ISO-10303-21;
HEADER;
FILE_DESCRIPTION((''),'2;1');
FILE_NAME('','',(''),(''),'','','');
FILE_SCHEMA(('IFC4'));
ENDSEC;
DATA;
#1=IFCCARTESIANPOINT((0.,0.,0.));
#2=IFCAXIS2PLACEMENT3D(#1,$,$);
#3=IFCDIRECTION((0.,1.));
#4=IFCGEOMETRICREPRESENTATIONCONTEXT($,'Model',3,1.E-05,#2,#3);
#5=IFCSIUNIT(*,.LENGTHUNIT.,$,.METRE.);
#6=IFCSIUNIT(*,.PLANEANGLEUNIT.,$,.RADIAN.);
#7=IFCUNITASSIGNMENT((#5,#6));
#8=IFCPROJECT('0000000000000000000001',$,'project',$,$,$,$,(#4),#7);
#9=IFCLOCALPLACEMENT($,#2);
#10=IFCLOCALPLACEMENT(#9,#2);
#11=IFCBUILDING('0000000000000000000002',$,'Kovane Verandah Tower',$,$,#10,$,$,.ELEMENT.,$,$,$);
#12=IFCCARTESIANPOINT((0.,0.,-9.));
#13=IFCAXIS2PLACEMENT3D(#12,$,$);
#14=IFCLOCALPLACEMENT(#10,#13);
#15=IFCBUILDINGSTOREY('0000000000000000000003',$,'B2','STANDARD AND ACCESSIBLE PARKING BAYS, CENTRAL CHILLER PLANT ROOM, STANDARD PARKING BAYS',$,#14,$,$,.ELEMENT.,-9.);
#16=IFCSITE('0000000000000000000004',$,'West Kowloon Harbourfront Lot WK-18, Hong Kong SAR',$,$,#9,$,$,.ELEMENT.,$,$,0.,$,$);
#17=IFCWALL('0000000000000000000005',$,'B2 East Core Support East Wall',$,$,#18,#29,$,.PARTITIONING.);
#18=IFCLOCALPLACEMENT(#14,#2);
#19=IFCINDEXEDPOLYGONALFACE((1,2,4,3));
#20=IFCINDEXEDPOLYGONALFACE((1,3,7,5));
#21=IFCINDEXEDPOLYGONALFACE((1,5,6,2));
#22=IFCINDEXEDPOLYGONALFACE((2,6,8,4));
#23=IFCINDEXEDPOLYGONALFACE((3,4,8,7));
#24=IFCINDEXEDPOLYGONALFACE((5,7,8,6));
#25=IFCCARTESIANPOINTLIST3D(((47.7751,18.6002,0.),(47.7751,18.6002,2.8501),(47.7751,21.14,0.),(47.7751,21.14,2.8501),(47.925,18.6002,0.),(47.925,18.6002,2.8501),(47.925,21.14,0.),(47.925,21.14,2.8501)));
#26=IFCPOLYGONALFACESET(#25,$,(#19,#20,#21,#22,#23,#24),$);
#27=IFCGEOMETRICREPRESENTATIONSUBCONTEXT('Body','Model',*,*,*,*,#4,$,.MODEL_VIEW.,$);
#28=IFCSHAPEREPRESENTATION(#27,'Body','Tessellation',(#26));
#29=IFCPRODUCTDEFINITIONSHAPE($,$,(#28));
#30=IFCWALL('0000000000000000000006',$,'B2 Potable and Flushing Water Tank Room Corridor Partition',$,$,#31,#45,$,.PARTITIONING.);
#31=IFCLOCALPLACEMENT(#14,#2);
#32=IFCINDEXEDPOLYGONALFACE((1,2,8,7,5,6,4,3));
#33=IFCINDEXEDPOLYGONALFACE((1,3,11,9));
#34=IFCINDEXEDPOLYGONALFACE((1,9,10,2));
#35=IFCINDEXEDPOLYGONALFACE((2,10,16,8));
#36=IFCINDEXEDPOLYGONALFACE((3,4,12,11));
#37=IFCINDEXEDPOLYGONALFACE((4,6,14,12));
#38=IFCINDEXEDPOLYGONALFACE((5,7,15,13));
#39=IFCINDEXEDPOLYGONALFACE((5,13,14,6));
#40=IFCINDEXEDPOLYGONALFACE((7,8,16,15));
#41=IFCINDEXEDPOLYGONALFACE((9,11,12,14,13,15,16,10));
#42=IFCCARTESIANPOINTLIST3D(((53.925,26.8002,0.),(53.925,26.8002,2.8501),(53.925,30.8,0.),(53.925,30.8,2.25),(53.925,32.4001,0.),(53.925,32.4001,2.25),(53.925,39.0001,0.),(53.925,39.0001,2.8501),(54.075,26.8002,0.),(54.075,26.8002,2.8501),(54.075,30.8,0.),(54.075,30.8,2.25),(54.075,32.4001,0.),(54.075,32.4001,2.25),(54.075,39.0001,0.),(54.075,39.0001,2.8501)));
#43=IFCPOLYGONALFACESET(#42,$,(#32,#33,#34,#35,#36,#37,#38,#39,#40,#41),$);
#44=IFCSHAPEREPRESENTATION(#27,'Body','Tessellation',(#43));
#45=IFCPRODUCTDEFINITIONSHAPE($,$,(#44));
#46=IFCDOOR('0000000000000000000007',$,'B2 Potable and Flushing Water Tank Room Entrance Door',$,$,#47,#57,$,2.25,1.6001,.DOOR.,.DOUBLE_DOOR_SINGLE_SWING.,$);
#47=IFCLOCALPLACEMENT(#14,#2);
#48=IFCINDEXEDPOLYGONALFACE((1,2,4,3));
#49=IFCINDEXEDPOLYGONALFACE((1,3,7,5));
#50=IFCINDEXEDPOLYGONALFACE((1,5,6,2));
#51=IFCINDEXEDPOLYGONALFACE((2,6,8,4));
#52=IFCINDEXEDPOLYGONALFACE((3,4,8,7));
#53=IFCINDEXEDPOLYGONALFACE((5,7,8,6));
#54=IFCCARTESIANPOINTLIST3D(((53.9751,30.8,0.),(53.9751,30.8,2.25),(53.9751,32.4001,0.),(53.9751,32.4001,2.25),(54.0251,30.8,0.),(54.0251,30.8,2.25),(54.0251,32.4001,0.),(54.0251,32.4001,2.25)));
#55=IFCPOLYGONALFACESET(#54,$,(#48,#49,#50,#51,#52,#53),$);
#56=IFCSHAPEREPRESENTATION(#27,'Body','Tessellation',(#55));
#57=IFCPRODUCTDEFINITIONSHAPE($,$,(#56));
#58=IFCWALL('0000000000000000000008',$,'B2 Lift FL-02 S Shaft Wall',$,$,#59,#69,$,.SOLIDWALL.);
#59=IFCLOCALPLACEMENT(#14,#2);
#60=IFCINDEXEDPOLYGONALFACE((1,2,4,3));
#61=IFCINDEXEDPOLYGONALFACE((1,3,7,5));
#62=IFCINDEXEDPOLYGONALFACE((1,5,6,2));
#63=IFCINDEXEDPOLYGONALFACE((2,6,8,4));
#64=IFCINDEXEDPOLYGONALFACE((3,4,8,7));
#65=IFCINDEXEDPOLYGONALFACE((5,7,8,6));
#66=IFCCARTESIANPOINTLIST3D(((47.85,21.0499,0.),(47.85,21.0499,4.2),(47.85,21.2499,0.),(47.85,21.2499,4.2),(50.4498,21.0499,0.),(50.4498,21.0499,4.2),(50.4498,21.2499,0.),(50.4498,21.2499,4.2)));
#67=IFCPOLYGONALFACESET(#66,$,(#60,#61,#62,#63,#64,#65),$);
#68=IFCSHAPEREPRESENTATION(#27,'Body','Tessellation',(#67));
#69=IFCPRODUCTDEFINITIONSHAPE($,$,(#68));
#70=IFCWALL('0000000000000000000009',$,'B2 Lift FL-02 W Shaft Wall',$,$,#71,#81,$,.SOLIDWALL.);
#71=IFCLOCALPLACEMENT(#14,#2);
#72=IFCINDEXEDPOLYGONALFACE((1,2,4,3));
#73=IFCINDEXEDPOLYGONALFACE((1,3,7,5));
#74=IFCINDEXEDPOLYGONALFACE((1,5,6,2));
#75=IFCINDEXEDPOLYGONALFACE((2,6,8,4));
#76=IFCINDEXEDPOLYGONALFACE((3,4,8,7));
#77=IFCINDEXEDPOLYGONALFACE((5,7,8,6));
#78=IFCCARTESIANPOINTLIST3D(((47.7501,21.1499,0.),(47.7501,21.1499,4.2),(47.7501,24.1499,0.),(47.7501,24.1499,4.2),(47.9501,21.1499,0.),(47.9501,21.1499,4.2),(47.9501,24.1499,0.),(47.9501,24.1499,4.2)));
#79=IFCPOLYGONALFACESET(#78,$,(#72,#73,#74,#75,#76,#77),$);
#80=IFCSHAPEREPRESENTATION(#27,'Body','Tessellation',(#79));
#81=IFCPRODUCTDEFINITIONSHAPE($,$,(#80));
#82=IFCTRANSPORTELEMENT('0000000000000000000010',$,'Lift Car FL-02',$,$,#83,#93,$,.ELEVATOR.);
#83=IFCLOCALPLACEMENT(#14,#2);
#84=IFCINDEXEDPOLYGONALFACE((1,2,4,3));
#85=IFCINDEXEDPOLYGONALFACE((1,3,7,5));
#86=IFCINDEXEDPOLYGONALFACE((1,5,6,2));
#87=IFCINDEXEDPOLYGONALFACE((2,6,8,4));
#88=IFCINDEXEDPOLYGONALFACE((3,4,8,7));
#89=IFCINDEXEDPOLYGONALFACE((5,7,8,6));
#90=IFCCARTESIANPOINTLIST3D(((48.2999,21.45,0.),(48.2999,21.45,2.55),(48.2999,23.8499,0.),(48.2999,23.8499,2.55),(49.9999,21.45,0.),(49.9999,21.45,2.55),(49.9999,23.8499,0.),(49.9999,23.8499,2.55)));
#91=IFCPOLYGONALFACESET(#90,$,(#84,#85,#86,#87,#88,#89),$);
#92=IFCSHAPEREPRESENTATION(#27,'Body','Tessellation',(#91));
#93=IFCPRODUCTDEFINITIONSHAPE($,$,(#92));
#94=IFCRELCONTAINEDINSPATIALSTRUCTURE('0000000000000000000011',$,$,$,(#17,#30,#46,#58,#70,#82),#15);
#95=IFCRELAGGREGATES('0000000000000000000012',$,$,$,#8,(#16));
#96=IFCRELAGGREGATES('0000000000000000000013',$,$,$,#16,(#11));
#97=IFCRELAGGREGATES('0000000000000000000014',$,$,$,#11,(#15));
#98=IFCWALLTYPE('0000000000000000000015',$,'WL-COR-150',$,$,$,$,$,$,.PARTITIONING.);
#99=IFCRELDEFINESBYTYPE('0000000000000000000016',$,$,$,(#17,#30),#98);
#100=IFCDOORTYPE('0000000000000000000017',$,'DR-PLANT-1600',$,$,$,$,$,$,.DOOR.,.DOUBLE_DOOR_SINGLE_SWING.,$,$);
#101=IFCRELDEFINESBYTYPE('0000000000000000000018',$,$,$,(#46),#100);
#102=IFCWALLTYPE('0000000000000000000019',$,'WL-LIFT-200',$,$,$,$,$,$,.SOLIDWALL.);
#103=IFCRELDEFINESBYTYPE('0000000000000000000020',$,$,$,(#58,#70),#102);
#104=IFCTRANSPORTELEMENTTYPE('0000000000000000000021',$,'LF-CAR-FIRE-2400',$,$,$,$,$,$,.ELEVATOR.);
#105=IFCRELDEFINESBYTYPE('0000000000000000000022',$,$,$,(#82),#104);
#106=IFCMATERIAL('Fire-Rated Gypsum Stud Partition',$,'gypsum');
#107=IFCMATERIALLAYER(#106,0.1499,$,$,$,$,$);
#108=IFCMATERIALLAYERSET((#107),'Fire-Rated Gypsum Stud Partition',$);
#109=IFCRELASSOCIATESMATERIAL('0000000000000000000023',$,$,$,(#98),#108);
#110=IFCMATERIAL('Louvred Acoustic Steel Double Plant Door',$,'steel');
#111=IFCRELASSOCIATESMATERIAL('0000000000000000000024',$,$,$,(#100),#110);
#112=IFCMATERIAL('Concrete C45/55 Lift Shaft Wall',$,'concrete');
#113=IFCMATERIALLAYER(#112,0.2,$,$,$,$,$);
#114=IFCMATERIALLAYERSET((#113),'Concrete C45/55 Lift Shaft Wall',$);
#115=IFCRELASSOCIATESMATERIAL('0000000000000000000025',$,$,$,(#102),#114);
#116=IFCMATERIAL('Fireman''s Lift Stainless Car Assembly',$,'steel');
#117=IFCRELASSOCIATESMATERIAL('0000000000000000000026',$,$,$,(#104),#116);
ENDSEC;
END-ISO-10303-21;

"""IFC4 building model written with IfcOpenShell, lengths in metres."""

from ifc_helpers import new_model, si_unit, direction, frame, frame_2d, origin, origin_2d, place, context, subcontext, project, spatial, rectangle, extrude, material, layer, layer_set, type_object, element, fill, save


model = new_model("IFC4")

# Units and contexts
model_context = context("Model", 3, precision=1e-05, world=origin(), true_north=direction((0.0, 1.0)))
body_context = subcontext(model_context, "Body", "Model", "MODEL_VIEW")
ifc_project = project(units=[si_unit("LENGTHUNIT", "METRE"), si_unit("PLANEANGLEUNIT", "RADIAN")], contexts=[model_context])

# Site, building, storey
site_placement = place(None, origin())
site = spatial("IfcSite", under=ifc_project, at=site_placement, Name="West Kowloon Harbourfront Lot WK-18, Hong Kong SAR", CompositionType="ELEMENT", RefElevation=0.0)
building_placement = place(site_placement, origin())
building = spatial("IfcBuilding", under=site, at=building_placement, Name="Kovane Verandah Tower", CompositionType="ELEMENT")
storey_placement = place(building_placement, frame((0.0, 0.0, -9.0)))
storey = spatial("IfcBuildingStorey", under=building, at=storey_placement, Name="B2", Description="STANDARD AND ACCESSIBLE PARKING BAYS, CENTRAL CHILLER PLANT ROOM, STANDARD PARKING BAYS", CompositionType="ELEMENT", Elevation=-9.0)

# Wall
ifc_material_1 = material(Name="Fire-Rated Gypsum Stud Partition", Category="gypsum")
ifc_layer_1 = layer(ifc_material_1, 0.1499)
ifc_layer_set_1 = layer_set([ifc_layer_1], Name="Fire-Rated Gypsum Stud Partition")
wall_type_1 = type_object("IfcWallType", Name="WL-COR-150", PredefinedType="PARTITIONING", material=ifc_layer_set_1)
wall_1_placement = place(storey_placement, frame((47.8501, 18.6001, 0.0), z_axis=(0.0, 0.0, 1.0), x_axis=(0.0, 1.0, 0.0)))
element("IfcWall", 1, at=wall_1_placement, inside=storey, type_object=wall_type_1, Name="B2 East Core Support East Wall", PredefinedType="PARTITIONING", context=body_context, shape_type="SweptSolid", body=[
    extrude(rectangle(XDim=2.5398, YDim=0.1499, at=frame_2d((1.27, 0.0))), origin(), (0.0, 0.0, 1.0), 2.8501),
])

# Wall, opening, door
wall_2_placement = place(storey_placement, frame((54.0, 26.8, 0.0), z_axis=(0.0, 0.0, 1.0), x_axis=(0.0, 1.0, 0.0)))
wall_2 = element("IfcWall", 2, at=wall_2_placement, inside=storey, type_object=wall_type_1, Name="B2 Potable and Flushing Water Tank Room Corridor Partition", PredefinedType="PARTITIONING", context=body_context, shape_type="SweptSolid", body=[
    extrude(rectangle(XDim=12.2, YDim=0.1499, at=frame_2d((6.1001, 0.0))), origin(), (0.0, 0.0, 1.0), 2.8501),
])
opening_1_placement = place(wall_2_placement, frame((4.0, 0.0, 0.0)))
opening_1 = element("IfcOpeningElement", 3, at=opening_1_placement, cuts=wall_2, PredefinedType="OPENING", context=body_context, shape_type="SweptSolid", body=[
    extrude(rectangle(XDim=1.6001, YDim=2.25, at=frame_2d((0.8, 1.125))), frame((0.0, 0.075, 0.0), z_axis=(0.0, -1.0, 0.0), x_axis=(1.0, 0.0, 0.0)), (0.0, 0.0, 1.0), 0.1499),
])
ifc_material_2 = material(Name="Louvred Acoustic Steel Double Plant Door", Category="steel")
door_type_1 = type_object("IfcDoorType", Name="DR-PLANT-1600", OperationType="DOUBLE_DOOR_SINGLE_SWING", PredefinedType="DOOR", material=ifc_material_2)
door_1_placement = place(opening_1_placement, origin())
door_1 = element("IfcDoor", 4, at=door_1_placement, inside=storey, type_object=door_type_1, Name="B2 Potable and Flushing Water Tank Room Entrance Door", OperationType="DOUBLE_DOOR_SINGLE_SWING", OverallHeight=2.25, OverallWidth=1.6001, PredefinedType="DOOR", context=body_context, shape_type="SweptSolid", body=[
    extrude(rectangle(XDim=1.6001, YDim=2.25, at=frame_2d((0.8, 1.125))), frame((0.0, 0.0249, 0.0), z_axis=(0.0, -1.0, 0.0), x_axis=(1.0, 0.0, 0.0)), (0.0, 0.0, 1.0), 0.05),
])
fill(opening_1, door_1)

# Wall
ifc_material_3 = material(Name="Concrete C45/55 Lift Shaft Wall", Category="concrete")
ifc_layer_2 = layer(ifc_material_3, 0.2)
ifc_layer_set_2 = layer_set([ifc_layer_2], Name="Concrete C45/55 Lift Shaft Wall")
wall_type_2 = type_object("IfcWallType", Name="WL-LIFT-200", PredefinedType="SOLIDWALL", material=ifc_layer_set_2)
wall_3_placement = place(storey_placement, frame((47.8501, 21.1499, 0.0), z_axis=(0.0, 0.0, 1.0), x_axis=(1.0, 0.0, 0.0)))
element("IfcWall", 5, at=wall_3_placement, inside=storey, type_object=wall_type_2, Name="B2 Lift FL-02 S Shaft Wall", PredefinedType="SOLIDWALL", context=body_context, shape_type="SweptSolid", body=[
    extrude(rectangle(XDim=2.5999, YDim=0.2, at=frame_2d((1.2998, 0.0))), origin(), (0.0, 0.0, 1.0), 4.2),
])

# Wall
wall_4_placement = place(storey_placement, frame((47.8501, 24.1499, 0.0), z_axis=(0.0, 0.0, 1.0), x_axis=(0.0, -1.0, 0.0)))
element("IfcWall", 6, at=wall_4_placement, inside=storey, type_object=wall_type_2, Name="B2 Lift FL-02 W Shaft Wall", PredefinedType="SOLIDWALL", context=body_context, shape_type="SweptSolid", body=[
    extrude(rectangle(XDim=3.0, YDim=0.2, at=frame_2d((1.5, 0.0))), origin(), (0.0, 0.0, 1.0), 4.2),
])

# Transport element
ifc_material_4 = material(Name="Fireman's Lift Stainless Car Assembly", Category="steel")
transport_element_type = type_object("IfcTransportElementType", Name="LF-CAR-FIRE-2400", PredefinedType="ELEVATOR", material=ifc_material_4)
transport_element_placement = place(storey_placement, frame((49.1499, 22.6499, 0.0), z_axis=(0.0, 0.0, 1.0), x_axis=(1.0, 0.0, 0.0)))
element("IfcTransportElement", 7, at=transport_element_placement, inside=storey, type_object=transport_element_type, Name="Lift Car FL-02", PredefinedType="ELEVATOR", context=body_context, shape_type="SweptSolid", body=[
    extrude(rectangle(XDim=1.7, YDim=2.3999, at=origin_2d()), origin(), (0.0, 0.0, 1.0), 2.55),
])

save(model, "model.ifc")
